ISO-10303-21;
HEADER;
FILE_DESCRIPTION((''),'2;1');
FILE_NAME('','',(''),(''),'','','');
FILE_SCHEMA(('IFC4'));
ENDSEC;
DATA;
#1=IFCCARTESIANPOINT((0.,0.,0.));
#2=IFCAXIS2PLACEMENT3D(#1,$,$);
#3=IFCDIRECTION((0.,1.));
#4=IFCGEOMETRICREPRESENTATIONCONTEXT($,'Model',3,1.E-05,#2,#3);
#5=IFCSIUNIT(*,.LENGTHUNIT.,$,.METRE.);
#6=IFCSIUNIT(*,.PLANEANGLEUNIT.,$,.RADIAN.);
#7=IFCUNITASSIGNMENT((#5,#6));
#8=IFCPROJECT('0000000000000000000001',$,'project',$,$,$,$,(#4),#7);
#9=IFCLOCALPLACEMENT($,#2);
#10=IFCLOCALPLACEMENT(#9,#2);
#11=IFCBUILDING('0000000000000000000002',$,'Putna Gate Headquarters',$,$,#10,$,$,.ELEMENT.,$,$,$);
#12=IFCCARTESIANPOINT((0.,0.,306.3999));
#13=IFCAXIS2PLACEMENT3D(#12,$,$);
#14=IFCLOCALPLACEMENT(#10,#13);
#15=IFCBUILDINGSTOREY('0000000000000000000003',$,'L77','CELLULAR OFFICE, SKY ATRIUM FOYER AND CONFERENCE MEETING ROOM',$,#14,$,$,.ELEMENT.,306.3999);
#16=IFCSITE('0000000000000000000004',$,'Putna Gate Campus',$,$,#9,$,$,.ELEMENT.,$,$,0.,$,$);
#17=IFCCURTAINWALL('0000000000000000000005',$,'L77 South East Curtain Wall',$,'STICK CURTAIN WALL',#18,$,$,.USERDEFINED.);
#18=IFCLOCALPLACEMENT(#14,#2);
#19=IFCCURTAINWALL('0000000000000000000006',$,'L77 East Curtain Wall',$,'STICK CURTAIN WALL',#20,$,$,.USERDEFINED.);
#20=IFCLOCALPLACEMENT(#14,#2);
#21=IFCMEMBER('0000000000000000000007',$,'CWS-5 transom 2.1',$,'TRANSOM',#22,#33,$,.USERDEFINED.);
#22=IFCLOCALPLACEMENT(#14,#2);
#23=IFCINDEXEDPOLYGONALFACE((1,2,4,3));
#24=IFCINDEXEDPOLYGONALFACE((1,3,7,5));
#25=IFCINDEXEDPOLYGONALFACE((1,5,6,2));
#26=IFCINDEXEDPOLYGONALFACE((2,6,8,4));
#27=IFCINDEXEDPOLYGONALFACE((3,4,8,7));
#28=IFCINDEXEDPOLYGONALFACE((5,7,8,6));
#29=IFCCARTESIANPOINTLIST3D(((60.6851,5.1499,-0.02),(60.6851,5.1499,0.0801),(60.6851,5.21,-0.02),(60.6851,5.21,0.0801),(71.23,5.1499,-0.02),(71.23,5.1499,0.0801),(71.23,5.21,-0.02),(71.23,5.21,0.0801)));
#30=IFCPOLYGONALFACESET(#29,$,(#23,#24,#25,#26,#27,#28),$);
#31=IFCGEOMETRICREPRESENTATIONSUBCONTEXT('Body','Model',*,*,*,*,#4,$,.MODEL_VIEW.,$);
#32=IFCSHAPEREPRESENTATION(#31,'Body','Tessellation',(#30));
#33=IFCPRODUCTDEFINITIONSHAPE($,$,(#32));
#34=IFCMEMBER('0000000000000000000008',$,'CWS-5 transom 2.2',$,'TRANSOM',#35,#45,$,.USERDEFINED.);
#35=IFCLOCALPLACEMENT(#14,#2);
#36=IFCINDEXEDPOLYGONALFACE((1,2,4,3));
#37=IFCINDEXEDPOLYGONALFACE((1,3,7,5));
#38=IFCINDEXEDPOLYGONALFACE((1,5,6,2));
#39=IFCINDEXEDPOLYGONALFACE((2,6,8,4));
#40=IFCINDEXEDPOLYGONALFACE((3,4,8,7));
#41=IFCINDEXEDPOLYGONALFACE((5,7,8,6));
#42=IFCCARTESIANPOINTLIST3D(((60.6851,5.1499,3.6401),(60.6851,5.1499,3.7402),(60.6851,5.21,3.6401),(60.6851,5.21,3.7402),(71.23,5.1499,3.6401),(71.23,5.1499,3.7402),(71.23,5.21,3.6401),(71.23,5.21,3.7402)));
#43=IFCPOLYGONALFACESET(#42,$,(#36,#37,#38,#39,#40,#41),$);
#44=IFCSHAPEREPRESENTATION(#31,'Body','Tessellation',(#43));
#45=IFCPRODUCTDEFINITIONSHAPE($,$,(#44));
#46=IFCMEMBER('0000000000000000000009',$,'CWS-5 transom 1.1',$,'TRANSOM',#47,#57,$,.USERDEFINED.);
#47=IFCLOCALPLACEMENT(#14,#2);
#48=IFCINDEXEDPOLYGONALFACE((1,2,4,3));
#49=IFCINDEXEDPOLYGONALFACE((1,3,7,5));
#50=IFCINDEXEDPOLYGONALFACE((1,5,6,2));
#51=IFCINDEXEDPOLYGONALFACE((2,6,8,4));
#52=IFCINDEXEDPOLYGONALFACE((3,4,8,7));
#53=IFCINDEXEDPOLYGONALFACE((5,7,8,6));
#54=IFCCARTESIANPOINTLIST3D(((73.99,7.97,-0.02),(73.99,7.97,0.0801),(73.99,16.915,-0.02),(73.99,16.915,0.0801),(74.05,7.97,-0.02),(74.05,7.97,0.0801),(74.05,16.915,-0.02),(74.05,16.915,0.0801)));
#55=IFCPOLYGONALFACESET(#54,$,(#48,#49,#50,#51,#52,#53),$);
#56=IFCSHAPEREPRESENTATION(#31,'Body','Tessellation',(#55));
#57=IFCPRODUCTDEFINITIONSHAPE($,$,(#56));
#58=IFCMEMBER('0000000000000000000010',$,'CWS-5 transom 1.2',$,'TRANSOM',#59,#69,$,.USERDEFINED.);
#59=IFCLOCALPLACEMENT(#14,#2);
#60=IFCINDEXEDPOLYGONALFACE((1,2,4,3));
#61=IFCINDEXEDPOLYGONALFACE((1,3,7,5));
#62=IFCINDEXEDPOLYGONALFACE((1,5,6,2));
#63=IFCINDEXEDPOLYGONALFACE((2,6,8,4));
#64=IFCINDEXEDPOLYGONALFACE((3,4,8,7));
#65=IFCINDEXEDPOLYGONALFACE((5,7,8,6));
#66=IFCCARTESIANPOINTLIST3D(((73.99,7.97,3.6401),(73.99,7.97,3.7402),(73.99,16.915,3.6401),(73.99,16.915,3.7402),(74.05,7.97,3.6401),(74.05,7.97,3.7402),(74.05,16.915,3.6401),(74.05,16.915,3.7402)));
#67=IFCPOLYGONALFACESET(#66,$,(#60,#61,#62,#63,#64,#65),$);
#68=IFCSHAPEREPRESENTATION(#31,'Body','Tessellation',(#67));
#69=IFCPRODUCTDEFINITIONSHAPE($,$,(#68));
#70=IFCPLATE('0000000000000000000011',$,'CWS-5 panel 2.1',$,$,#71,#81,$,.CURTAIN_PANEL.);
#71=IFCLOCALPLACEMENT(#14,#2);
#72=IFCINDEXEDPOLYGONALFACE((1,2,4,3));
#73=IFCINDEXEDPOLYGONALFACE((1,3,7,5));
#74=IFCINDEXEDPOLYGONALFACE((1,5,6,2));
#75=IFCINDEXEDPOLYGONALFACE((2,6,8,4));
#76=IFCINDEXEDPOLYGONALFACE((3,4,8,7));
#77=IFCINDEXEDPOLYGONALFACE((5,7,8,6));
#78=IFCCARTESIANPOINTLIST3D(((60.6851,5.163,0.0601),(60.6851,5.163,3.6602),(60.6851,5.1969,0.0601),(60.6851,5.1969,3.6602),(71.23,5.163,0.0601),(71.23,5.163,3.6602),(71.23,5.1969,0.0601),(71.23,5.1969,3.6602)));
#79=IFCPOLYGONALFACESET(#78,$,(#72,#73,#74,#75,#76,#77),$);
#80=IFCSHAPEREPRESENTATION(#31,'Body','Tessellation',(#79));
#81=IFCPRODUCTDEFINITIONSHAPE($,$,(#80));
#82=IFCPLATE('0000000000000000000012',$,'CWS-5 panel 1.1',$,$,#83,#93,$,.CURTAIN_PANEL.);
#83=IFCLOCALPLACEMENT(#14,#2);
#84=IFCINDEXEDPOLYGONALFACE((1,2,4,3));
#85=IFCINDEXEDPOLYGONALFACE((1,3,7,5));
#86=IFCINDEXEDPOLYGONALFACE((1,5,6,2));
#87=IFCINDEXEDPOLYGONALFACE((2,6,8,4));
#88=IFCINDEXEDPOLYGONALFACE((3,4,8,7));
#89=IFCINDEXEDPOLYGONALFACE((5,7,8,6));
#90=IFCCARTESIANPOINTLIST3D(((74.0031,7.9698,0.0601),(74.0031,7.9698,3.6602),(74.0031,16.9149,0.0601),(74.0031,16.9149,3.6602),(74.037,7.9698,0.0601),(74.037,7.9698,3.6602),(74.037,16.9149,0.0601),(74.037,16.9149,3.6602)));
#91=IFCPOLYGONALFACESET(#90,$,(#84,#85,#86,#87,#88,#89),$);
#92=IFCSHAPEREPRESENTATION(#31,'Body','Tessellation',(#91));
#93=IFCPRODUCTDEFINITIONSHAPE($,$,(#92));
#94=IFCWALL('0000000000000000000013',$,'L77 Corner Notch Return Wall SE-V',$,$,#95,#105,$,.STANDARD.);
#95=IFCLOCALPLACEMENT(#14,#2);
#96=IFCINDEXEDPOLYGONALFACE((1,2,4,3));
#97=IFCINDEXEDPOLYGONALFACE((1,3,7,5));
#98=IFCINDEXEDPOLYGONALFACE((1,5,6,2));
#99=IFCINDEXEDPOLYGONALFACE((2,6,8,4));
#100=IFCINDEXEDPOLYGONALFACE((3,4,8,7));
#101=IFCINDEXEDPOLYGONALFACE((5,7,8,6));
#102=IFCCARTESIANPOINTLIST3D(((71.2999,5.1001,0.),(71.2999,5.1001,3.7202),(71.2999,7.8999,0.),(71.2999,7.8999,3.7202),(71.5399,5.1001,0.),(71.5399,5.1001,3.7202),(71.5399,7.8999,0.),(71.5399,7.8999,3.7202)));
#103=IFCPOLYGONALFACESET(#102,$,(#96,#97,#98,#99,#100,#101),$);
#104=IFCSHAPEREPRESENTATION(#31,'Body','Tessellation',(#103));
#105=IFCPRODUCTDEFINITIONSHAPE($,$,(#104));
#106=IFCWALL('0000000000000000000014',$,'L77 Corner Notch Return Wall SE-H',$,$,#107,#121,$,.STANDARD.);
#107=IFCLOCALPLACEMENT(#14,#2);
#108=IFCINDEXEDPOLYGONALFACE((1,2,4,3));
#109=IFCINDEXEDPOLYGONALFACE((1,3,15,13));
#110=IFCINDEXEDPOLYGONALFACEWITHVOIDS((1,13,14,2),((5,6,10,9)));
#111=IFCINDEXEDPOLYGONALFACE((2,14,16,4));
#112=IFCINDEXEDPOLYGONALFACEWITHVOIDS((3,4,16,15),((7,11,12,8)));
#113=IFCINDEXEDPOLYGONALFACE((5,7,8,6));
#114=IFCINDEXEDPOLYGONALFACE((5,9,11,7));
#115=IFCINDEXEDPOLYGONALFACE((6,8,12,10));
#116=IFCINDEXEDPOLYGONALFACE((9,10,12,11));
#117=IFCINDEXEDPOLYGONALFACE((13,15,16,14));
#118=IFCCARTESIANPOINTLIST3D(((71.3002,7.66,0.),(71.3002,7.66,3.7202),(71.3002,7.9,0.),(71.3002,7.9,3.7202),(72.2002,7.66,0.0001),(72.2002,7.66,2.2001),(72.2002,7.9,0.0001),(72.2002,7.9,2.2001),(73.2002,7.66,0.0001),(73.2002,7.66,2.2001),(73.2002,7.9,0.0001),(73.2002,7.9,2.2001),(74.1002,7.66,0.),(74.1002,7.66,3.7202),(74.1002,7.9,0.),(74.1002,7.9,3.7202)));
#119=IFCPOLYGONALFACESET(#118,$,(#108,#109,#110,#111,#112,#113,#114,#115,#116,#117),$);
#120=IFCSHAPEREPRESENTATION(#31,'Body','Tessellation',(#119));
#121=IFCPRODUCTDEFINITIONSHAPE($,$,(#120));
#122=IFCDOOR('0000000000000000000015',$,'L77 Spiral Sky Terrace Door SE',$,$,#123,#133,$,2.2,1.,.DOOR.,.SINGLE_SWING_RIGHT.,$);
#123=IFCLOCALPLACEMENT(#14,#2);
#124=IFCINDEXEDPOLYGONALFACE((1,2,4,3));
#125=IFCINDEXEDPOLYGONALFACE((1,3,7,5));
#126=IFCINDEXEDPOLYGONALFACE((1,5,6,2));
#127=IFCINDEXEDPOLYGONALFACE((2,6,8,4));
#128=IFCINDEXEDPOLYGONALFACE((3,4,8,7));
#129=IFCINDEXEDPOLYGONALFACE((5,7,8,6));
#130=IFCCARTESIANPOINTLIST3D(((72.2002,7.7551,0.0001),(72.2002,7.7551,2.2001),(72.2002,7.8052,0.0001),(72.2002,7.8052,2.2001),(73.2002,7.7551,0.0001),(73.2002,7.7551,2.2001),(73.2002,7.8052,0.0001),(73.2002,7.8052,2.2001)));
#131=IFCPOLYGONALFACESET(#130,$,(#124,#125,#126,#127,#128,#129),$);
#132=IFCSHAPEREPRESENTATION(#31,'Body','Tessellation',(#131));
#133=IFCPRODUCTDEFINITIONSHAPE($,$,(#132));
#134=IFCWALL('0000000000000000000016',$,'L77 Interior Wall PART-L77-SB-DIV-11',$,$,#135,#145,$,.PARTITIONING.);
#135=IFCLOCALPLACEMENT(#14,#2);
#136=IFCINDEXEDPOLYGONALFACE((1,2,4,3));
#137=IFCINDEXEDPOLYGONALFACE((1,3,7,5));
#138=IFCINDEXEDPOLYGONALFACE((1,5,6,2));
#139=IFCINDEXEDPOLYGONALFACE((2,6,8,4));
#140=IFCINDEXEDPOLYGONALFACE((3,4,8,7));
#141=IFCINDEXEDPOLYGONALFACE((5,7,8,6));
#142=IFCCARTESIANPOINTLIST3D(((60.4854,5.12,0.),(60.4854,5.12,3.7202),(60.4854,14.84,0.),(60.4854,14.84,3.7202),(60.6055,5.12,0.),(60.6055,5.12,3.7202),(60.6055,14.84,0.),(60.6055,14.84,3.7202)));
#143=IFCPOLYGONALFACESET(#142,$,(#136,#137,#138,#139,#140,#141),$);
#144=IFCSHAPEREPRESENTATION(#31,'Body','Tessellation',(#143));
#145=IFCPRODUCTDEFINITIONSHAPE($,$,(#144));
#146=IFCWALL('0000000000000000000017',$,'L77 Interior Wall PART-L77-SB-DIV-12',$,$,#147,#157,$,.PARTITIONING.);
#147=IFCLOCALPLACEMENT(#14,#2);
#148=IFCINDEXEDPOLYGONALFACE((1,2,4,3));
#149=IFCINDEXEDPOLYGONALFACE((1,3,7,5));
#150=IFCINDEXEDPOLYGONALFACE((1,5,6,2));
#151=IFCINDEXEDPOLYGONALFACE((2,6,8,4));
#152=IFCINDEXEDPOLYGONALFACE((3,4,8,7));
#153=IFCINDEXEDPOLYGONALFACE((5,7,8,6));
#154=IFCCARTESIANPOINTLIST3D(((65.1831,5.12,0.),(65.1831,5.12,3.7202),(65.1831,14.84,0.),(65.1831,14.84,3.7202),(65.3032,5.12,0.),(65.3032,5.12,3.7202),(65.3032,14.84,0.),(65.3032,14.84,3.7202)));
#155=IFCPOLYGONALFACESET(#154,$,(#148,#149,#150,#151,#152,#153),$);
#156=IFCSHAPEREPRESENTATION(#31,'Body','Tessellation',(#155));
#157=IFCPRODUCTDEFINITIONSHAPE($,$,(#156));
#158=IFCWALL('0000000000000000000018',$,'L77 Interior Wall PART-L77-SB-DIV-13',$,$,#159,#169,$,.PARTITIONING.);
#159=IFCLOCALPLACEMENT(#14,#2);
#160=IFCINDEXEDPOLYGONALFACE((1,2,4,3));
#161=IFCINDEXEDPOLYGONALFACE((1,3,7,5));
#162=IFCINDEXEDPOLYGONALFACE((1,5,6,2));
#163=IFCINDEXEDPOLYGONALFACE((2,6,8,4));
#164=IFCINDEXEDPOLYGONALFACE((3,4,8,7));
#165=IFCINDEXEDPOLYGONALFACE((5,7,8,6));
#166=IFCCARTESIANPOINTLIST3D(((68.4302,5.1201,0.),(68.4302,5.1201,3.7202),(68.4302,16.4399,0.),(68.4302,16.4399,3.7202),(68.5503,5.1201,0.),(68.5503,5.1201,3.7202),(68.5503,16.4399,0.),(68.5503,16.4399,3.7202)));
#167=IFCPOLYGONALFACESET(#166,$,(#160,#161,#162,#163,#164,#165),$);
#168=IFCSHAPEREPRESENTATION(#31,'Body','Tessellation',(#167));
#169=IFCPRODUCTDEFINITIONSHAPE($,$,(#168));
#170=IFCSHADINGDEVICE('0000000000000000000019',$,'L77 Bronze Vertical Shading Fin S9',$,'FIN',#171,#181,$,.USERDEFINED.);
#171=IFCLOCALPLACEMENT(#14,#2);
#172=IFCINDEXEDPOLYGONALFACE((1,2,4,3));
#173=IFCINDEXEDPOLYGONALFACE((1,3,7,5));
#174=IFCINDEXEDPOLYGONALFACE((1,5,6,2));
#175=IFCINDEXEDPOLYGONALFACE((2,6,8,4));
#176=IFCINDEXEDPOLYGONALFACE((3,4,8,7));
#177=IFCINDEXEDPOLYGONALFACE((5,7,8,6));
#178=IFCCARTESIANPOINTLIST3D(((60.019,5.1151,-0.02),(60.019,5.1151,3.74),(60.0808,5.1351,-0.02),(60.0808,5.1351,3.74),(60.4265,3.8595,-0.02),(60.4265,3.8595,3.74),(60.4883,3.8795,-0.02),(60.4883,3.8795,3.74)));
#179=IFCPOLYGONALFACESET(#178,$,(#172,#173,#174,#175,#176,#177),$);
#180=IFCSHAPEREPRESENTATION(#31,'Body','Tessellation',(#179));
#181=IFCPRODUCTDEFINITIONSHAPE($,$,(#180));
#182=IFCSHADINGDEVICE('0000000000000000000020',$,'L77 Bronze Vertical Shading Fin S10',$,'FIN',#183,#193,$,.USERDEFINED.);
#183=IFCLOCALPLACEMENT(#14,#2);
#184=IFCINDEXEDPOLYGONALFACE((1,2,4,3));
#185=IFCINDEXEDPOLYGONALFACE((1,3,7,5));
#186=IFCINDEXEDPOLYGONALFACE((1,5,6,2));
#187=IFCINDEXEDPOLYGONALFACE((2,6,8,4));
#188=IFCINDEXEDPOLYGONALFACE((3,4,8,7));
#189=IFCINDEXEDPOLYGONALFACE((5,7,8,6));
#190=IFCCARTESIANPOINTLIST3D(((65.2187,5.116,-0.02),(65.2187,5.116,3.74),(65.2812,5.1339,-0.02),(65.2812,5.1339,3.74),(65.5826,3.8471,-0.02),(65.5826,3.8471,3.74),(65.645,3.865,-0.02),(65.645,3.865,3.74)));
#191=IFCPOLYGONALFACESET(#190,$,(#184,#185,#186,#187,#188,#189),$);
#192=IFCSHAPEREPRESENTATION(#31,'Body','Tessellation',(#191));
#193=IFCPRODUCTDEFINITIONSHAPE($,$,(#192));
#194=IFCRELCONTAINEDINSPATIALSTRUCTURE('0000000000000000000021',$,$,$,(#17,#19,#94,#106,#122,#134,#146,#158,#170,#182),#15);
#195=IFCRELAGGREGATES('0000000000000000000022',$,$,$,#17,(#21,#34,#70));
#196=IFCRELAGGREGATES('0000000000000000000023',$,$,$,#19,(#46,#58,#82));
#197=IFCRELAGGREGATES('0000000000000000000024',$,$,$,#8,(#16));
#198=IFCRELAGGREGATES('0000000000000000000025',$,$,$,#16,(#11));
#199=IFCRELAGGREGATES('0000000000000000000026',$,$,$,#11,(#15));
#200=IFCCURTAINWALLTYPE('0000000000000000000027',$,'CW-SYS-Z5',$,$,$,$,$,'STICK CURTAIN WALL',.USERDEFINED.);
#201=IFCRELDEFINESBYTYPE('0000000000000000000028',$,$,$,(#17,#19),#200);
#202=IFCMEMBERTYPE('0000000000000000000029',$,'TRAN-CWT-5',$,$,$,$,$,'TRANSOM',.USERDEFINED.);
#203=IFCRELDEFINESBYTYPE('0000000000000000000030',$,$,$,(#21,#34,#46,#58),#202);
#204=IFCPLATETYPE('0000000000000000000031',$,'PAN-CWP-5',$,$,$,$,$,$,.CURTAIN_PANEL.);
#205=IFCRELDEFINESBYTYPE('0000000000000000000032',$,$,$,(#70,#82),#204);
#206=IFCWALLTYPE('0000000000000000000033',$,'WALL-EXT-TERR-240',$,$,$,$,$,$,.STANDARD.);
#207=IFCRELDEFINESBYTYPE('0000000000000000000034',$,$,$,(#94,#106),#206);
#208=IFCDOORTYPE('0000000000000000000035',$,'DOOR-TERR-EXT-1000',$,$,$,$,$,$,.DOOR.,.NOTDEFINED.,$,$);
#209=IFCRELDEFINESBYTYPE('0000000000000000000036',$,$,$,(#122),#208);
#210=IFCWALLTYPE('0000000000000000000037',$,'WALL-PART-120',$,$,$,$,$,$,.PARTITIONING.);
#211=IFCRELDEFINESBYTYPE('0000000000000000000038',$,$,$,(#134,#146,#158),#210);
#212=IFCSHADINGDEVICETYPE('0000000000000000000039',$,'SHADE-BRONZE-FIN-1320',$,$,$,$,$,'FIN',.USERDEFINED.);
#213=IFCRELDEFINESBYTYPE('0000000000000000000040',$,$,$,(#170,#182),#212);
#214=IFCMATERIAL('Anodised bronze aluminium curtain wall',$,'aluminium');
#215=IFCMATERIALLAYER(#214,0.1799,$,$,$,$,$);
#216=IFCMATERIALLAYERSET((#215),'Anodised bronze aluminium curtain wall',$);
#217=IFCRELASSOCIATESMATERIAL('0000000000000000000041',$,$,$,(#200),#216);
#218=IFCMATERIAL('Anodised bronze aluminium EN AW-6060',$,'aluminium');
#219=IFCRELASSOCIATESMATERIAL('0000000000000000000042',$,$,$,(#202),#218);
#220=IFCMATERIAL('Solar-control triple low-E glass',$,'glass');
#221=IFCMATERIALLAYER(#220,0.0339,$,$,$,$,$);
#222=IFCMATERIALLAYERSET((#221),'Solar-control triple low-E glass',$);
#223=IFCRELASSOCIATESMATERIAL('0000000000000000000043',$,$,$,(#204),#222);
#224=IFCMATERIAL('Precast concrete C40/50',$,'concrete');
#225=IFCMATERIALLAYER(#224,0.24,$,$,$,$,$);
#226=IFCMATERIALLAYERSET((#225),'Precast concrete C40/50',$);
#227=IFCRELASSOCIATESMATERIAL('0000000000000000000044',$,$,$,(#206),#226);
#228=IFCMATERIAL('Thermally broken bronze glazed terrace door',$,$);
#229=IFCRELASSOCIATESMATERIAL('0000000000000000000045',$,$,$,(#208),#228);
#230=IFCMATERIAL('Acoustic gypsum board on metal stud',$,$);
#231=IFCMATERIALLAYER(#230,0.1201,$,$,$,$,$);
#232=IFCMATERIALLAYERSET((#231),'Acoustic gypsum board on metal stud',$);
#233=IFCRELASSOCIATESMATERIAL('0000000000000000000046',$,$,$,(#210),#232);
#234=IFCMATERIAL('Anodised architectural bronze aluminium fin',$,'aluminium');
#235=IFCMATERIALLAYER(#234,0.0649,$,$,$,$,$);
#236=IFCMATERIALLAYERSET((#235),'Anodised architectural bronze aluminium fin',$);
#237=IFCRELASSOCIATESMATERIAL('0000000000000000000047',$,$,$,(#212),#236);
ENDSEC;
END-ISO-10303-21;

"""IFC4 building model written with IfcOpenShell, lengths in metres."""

from ifc_helpers import new_model, si_unit, direction, frame, frame_2d, origin, origin_2d, place, context, subcontext, project, spatial, rectangle, extrude, material, layer, layer_set, material_profile, profile_set, type_object, element, fill, aggregate, save


model = new_model("IFC4")

# Units and contexts
model_context = context("Model", 3, precision=1e-05, world=origin(), true_north=direction((0.0, 1.0)))
body_context = subcontext(model_context, "Body", "Model", "MODEL_VIEW")
ifc_project = project(units=[si_unit("LENGTHUNIT", "METRE"), si_unit("PLANEANGLEUNIT", "RADIAN")], contexts=[model_context])

# Site, building, storey
site_placement = place(None, origin())
site = spatial("IfcSite", under=ifc_project, at=site_placement, Name="Putna Gate Campus", CompositionType="ELEMENT", RefElevation=0.0)
building_placement = place(site_placement, origin())
building = spatial("IfcBuilding", under=site, at=building_placement, Name="Putna Gate Headquarters", CompositionType="ELEMENT")
storey_placement = place(building_placement, frame((0.0, 0.0, 306.3999)))
storey = spatial("IfcBuildingStorey", under=building, at=storey_placement, Name="L77", Description="CELLULAR OFFICE, SKY ATRIUM FOYER AND CONFERENCE MEETING ROOM", CompositionType="ELEMENT", Elevation=306.3999)

# Curtain wall
ifc_material_1 = material(Name="Anodised bronze aluminium curtain wall", Category="aluminium")
ifc_layer_1 = layer(ifc_material_1, 0.1799)
ifc_layer_set_1 = layer_set([ifc_layer_1], Name="Anodised bronze aluminium curtain wall")
curtain_wall_type = type_object("IfcCurtainWallType", Name="CW-SYS-Z5", ElementType="STICK CURTAIN WALL", PredefinedType="USERDEFINED", material=ifc_layer_set_1)
curtain_wall_1_placement = place(storey_placement, origin())
curtain_wall_1 = element("IfcCurtainWall", 1, at=curtain_wall_1_placement, inside=storey, type_object=curtain_wall_type, Name="L77 South East Curtain Wall", ObjectType="STICK CURTAIN WALL", PredefinedType="USERDEFINED")
ifc_material_2 = material(Name="Anodised bronze aluminium EN AW-6060", Category="aluminium")

# Curtain wall
curtain_wall_2_placement = place(storey_placement, origin())
curtain_wall_2 = element("IfcCurtainWall", 2, at=curtain_wall_2_placement, inside=storey, type_object=curtain_wall_type, Name="L77 East Curtain Wall", ObjectType="STICK CURTAIN WALL", PredefinedType="USERDEFINED")

# Members
ifc_material_profile_1 = material_profile(ifc_material_2, rectangle(XDim=0.0601, YDim=0.1001, at=origin_2d()), Name="Anodised bronze aluminium EN AW-6060")
ifc_profile_set_1 = profile_set([ifc_material_profile_1], Name="Anodised bronze aluminium EN AW-6060")
member_type_1 = type_object("IfcMemberType", Name="TRAN-CWT-5", ElementType="TRANSOM", PredefinedType="USERDEFINED", material=ifc_profile_set_1)
member_1_placement = place(storey_placement, frame((60.6851, 5.1799, 0.03), z_axis=(1.0, 0.0, 0.0), x_axis=(0.0, 1.0, 0.0)))
member_1 = element("IfcMember", 3, at=member_1_placement, type_object=member_type_1, Name="CWS-5 transom 2.1", ObjectType="TRANSOM", PredefinedType="USERDEFINED", context=body_context, shape_type="SweptSolid", body=[
    extrude(rectangle(XDim=0.0601, YDim=0.1001, at=origin_2d()), origin(), (0.0, 0.0, 1.0), 10.5449),
])
member_2_placement = place(storey_placement, frame((60.6851, 5.1799, 3.6902), z_axis=(1.0, 0.0, 0.0), x_axis=(0.0, 1.0, 0.0)))
member_2 = element("IfcMember", 4, at=member_2_placement, type_object=member_type_1, Name="CWS-5 transom 2.2", ObjectType="TRANSOM", PredefinedType="USERDEFINED", context=body_context, shape_type="SweptSolid", body=[
    extrude(rectangle(XDim=0.0601, YDim=0.1001, at=origin_2d()), origin(), (0.0, 0.0, 1.0), 10.5449),
])
member_3_placement = place(storey_placement, frame((74.02, 7.97, 0.03), z_axis=(0.0, 1.0, 0.0), x_axis=(-1.0, 0.0, 0.0)))
member_3 = element("IfcMember", 5, at=member_3_placement, type_object=member_type_1, Name="CWS-5 transom 1.1", ObjectType="TRANSOM", PredefinedType="USERDEFINED", context=body_context, shape_type="SweptSolid", body=[
    extrude(rectangle(XDim=0.0601, YDim=0.1001, at=origin_2d()), origin(), (0.0, 0.0, 1.0), 8.9451),
])
member_4_placement = place(storey_placement, frame((74.02, 7.97, 3.6902), z_axis=(0.0, 1.0, 0.0), x_axis=(-1.0, 0.0, 0.0)))
member_4 = element("IfcMember", 6, at=member_4_placement, type_object=member_type_1, Name="CWS-5 transom 1.2", ObjectType="TRANSOM", PredefinedType="USERDEFINED", context=body_context, shape_type="SweptSolid", body=[
    extrude(rectangle(XDim=0.0601, YDim=0.1001, at=origin_2d()), origin(), (0.0, 0.0, 1.0), 8.9451),
])

# Plates
ifc_material_3 = material(Name="Solar-control triple low-E glass", Category="glass")
ifc_layer_2 = layer(ifc_material_3, 0.0339)
ifc_layer_set_2 = layer_set([ifc_layer_2], Name="Solar-control triple low-E glass")
plate_type = type_object("IfcPlateType", Name="PAN-CWP-5", PredefinedType="CURTAIN_PANEL", material=ifc_layer_set_2)
plate_1_placement = place(storey_placement, frame((65.9575, 5.1799, 0.0601), z_axis=(0.0, 0.0, 1.0), x_axis=(1.0, 0.0, 0.0)))
plate_1 = element("IfcPlate", 7, at=plate_1_placement, type_object=plate_type, Name="CWS-5 panel 2.1", PredefinedType="CURTAIN_PANEL", context=body_context, shape_type="SweptSolid", body=[
    extrude(rectangle(XDim=10.5449, YDim=0.0339, at=origin_2d()), origin(), (0.0, 0.0, 1.0), 3.6001),
])
aggregate(curtain_wall_1, [member_1, member_2, plate_1])
plate_2_placement = place(storey_placement, frame((74.02, 12.4424, 0.0601), z_axis=(0.0, 0.0, 1.0), x_axis=(0.0, 1.0, 0.0)))
plate_2 = element("IfcPlate", 8, at=plate_2_placement, type_object=plate_type, Name="CWS-5 panel 1.1", PredefinedType="CURTAIN_PANEL", context=body_context, shape_type="SweptSolid", body=[
    extrude(rectangle(XDim=8.9451, YDim=0.0339, at=origin_2d()), origin(), (0.0, 0.0, 1.0), 3.6001),
])
aggregate(curtain_wall_2, [member_3, member_4, plate_2])

# Wall
ifc_material_4 = material(Name="Precast concrete C40/50", Category="concrete")
ifc_layer_3 = layer(ifc_material_4, 0.24)
ifc_layer_set_3 = layer_set([ifc_layer_3], Name="Precast concrete C40/50")
wall_type_1 = type_object("IfcWallType", Name="WALL-EXT-TERR-240", PredefinedType="STANDARD", material=ifc_layer_set_3)
wall_1_placement = place(storey_placement, frame((71.4199, 7.8999, 0.0), z_axis=(0.0, 0.0, 1.0), x_axis=(0.0, -1.0, 0.0)))
element("IfcWall", 9, at=wall_1_placement, inside=storey, type_object=wall_type_1, Name="L77 Corner Notch Return Wall SE-V", PredefinedType="STANDARD", context=body_context, shape_type="SweptSolid", body=[
    extrude(rectangle(XDim=2.7998, YDim=0.24, at=frame_2d((1.3999, 0.0))), origin(), (0.0, 0.0, 1.0), 3.7202),
])

# Wall, opening, door
wall_2_placement = place(storey_placement, frame((74.1001, 7.78, 0.0), z_axis=(0.0, 0.0, 1.0), x_axis=(-1.0, 0.0, 0.0)))
wall_2 = element("IfcWall", 10, at=wall_2_placement, inside=storey, type_object=wall_type_1, Name="L77 Corner Notch Return Wall SE-H", PredefinedType="STANDARD", context=body_context, shape_type="SweptSolid", body=[
    extrude(rectangle(XDim=2.8, YDim=0.24, at=frame_2d((1.3999, 0.0))), origin(), (0.0, 0.0, 1.0), 3.7202),
])
opening_placement = place(wall_2_placement, frame((0.8999, 0.0, 0.0)))
opening = element("IfcOpeningElement", 11, at=opening_placement, cuts=wall_2, PredefinedType="OPENING", context=body_context, shape_type="SweptSolid", body=[
    extrude(rectangle(XDim=1.0, YDim=2.2, at=frame_2d((0.5, 1.1001))), frame((0.0, 0.1299, 0.0), z_axis=(0.0, -1.0, 0.0), x_axis=(1.0, 0.0, 0.0)), (0.0, 0.0, 1.0), 0.26),
])
ifc_material_5 = material(Name="Thermally broken bronze glazed terrace door")
door_type = type_object("IfcDoorType", Name="DOOR-TERR-EXT-1000", OperationType="NOTDEFINED", PredefinedType="DOOR", material=ifc_material_5)
door_placement = place(opening_placement, origin())
door = element("IfcDoor", 12, at=door_placement, inside=storey, type_object=door_type, Name="L77 Spiral Sky Terrace Door SE", OperationType="SINGLE_SWING_RIGHT", OverallHeight=2.2, OverallWidth=1.0, PredefinedType="DOOR", context=body_context, shape_type="SweptSolid", body=[
    extrude(rectangle(XDim=1.0, YDim=2.2, at=frame_2d((0.5, 1.1001))), frame((0.0, 0.0249, 0.0), z_axis=(0.0, -1.0, 0.0), x_axis=(1.0, 0.0, 0.0)), (0.0, 0.0, 1.0), 0.05),
])
fill(opening, door)

# Walls
ifc_material_6 = material(Name="Acoustic gypsum board on metal stud")
ifc_layer_4 = layer(ifc_material_6, 0.1201)
ifc_layer_set_4 = layer_set([ifc_layer_4], Name="Acoustic gypsum board on metal stud")
wall_type_2 = type_object("IfcWallType", Name="WALL-PART-120", PredefinedType="PARTITIONING", material=ifc_layer_set_4)
for number, where, z_axis, x_axis, name in (
    (13, (60.5454, 5.1201, 0.0), (0.0, 0.0, 1.0), (0.0, 1.0, 0.0), "L77 Interior Wall PART-L77-SB-DIV-11"),
    (14, (65.2432, 5.1201, 0.0), (0.0, 0.0, 1.0), (0.0, 1.0, 0.0), "L77 Interior Wall PART-L77-SB-DIV-12"),
):
    element("IfcWall", number, at=place(storey_placement, frame(where, z_axis=z_axis, x_axis=x_axis)), inside=storey, type_object=wall_type_2, Name=name, PredefinedType="PARTITIONING", context=body_context, shape_type="SweptSolid", body=[
        extrude(rectangle(XDim=9.72, YDim=0.1201, at=frame_2d((4.8599, 0.0))), origin(), (0.0, 0.0, 1.0), 3.7202),
    ])
wall_3_placement = place(storey_placement, frame((68.4902, 5.1201, 0.0), z_axis=(0.0, 0.0, 1.0), x_axis=(0.0, 1.0, 0.0)))
element("IfcWall", 15, at=wall_3_placement, inside=storey, type_object=wall_type_2, Name="L77 Interior Wall PART-L77-SB-DIV-13", PredefinedType="PARTITIONING", context=body_context, shape_type="SweptSolid", body=[
    extrude(rectangle(XDim=11.3198, YDim=0.1201, at=frame_2d((5.6599, 0.0))), origin(), (0.0, 0.0, 1.0), 3.7202),
])

# Shading devices
ifc_material_7 = material(Name="Anodised architectural bronze aluminium fin", Category="aluminium")
ifc_layer_5 = layer(ifc_material_7, 0.0649)
ifc_layer_set_5 = layer_set([ifc_layer_5], Name="Anodised architectural bronze aluminium fin")
shading_device_type = type_object("IfcShadingDeviceType", Name="SHADE-BRONZE-FIN-1320", ElementType="FIN", PredefinedType="USERDEFINED", material=ifc_layer_set_5)
for number, where, z_axis, x_axis, name in (
    (16, (60.2537, 4.4973, -0.02), (0.0, 0.0, 1.0), (0.308685, -0.951164, 0.0), "L77 Bronze Vertical Shading Fin S9"),
    (17, (65.4319, 4.4905, -0.02), (0.0, 0.0, 1.0), (0.275637, -0.961262, 0.0), "L77 Bronze Vertical Shading Fin S10"),
):
    element("IfcShadingDevice", number, at=place(storey_placement, frame(where, z_axis=z_axis, x_axis=x_axis)), inside=storey, type_object=shading_device_type, Name=name, ObjectType="FIN", PredefinedType="USERDEFINED", context=body_context, shape_type="SweptSolid", body=[
        extrude(rectangle(XDim=1.3201, YDim=0.0649, at=origin_2d()), origin(), (0.0, 0.0, 1.0), 3.76),
    ])

save(model, "model.ifc")
